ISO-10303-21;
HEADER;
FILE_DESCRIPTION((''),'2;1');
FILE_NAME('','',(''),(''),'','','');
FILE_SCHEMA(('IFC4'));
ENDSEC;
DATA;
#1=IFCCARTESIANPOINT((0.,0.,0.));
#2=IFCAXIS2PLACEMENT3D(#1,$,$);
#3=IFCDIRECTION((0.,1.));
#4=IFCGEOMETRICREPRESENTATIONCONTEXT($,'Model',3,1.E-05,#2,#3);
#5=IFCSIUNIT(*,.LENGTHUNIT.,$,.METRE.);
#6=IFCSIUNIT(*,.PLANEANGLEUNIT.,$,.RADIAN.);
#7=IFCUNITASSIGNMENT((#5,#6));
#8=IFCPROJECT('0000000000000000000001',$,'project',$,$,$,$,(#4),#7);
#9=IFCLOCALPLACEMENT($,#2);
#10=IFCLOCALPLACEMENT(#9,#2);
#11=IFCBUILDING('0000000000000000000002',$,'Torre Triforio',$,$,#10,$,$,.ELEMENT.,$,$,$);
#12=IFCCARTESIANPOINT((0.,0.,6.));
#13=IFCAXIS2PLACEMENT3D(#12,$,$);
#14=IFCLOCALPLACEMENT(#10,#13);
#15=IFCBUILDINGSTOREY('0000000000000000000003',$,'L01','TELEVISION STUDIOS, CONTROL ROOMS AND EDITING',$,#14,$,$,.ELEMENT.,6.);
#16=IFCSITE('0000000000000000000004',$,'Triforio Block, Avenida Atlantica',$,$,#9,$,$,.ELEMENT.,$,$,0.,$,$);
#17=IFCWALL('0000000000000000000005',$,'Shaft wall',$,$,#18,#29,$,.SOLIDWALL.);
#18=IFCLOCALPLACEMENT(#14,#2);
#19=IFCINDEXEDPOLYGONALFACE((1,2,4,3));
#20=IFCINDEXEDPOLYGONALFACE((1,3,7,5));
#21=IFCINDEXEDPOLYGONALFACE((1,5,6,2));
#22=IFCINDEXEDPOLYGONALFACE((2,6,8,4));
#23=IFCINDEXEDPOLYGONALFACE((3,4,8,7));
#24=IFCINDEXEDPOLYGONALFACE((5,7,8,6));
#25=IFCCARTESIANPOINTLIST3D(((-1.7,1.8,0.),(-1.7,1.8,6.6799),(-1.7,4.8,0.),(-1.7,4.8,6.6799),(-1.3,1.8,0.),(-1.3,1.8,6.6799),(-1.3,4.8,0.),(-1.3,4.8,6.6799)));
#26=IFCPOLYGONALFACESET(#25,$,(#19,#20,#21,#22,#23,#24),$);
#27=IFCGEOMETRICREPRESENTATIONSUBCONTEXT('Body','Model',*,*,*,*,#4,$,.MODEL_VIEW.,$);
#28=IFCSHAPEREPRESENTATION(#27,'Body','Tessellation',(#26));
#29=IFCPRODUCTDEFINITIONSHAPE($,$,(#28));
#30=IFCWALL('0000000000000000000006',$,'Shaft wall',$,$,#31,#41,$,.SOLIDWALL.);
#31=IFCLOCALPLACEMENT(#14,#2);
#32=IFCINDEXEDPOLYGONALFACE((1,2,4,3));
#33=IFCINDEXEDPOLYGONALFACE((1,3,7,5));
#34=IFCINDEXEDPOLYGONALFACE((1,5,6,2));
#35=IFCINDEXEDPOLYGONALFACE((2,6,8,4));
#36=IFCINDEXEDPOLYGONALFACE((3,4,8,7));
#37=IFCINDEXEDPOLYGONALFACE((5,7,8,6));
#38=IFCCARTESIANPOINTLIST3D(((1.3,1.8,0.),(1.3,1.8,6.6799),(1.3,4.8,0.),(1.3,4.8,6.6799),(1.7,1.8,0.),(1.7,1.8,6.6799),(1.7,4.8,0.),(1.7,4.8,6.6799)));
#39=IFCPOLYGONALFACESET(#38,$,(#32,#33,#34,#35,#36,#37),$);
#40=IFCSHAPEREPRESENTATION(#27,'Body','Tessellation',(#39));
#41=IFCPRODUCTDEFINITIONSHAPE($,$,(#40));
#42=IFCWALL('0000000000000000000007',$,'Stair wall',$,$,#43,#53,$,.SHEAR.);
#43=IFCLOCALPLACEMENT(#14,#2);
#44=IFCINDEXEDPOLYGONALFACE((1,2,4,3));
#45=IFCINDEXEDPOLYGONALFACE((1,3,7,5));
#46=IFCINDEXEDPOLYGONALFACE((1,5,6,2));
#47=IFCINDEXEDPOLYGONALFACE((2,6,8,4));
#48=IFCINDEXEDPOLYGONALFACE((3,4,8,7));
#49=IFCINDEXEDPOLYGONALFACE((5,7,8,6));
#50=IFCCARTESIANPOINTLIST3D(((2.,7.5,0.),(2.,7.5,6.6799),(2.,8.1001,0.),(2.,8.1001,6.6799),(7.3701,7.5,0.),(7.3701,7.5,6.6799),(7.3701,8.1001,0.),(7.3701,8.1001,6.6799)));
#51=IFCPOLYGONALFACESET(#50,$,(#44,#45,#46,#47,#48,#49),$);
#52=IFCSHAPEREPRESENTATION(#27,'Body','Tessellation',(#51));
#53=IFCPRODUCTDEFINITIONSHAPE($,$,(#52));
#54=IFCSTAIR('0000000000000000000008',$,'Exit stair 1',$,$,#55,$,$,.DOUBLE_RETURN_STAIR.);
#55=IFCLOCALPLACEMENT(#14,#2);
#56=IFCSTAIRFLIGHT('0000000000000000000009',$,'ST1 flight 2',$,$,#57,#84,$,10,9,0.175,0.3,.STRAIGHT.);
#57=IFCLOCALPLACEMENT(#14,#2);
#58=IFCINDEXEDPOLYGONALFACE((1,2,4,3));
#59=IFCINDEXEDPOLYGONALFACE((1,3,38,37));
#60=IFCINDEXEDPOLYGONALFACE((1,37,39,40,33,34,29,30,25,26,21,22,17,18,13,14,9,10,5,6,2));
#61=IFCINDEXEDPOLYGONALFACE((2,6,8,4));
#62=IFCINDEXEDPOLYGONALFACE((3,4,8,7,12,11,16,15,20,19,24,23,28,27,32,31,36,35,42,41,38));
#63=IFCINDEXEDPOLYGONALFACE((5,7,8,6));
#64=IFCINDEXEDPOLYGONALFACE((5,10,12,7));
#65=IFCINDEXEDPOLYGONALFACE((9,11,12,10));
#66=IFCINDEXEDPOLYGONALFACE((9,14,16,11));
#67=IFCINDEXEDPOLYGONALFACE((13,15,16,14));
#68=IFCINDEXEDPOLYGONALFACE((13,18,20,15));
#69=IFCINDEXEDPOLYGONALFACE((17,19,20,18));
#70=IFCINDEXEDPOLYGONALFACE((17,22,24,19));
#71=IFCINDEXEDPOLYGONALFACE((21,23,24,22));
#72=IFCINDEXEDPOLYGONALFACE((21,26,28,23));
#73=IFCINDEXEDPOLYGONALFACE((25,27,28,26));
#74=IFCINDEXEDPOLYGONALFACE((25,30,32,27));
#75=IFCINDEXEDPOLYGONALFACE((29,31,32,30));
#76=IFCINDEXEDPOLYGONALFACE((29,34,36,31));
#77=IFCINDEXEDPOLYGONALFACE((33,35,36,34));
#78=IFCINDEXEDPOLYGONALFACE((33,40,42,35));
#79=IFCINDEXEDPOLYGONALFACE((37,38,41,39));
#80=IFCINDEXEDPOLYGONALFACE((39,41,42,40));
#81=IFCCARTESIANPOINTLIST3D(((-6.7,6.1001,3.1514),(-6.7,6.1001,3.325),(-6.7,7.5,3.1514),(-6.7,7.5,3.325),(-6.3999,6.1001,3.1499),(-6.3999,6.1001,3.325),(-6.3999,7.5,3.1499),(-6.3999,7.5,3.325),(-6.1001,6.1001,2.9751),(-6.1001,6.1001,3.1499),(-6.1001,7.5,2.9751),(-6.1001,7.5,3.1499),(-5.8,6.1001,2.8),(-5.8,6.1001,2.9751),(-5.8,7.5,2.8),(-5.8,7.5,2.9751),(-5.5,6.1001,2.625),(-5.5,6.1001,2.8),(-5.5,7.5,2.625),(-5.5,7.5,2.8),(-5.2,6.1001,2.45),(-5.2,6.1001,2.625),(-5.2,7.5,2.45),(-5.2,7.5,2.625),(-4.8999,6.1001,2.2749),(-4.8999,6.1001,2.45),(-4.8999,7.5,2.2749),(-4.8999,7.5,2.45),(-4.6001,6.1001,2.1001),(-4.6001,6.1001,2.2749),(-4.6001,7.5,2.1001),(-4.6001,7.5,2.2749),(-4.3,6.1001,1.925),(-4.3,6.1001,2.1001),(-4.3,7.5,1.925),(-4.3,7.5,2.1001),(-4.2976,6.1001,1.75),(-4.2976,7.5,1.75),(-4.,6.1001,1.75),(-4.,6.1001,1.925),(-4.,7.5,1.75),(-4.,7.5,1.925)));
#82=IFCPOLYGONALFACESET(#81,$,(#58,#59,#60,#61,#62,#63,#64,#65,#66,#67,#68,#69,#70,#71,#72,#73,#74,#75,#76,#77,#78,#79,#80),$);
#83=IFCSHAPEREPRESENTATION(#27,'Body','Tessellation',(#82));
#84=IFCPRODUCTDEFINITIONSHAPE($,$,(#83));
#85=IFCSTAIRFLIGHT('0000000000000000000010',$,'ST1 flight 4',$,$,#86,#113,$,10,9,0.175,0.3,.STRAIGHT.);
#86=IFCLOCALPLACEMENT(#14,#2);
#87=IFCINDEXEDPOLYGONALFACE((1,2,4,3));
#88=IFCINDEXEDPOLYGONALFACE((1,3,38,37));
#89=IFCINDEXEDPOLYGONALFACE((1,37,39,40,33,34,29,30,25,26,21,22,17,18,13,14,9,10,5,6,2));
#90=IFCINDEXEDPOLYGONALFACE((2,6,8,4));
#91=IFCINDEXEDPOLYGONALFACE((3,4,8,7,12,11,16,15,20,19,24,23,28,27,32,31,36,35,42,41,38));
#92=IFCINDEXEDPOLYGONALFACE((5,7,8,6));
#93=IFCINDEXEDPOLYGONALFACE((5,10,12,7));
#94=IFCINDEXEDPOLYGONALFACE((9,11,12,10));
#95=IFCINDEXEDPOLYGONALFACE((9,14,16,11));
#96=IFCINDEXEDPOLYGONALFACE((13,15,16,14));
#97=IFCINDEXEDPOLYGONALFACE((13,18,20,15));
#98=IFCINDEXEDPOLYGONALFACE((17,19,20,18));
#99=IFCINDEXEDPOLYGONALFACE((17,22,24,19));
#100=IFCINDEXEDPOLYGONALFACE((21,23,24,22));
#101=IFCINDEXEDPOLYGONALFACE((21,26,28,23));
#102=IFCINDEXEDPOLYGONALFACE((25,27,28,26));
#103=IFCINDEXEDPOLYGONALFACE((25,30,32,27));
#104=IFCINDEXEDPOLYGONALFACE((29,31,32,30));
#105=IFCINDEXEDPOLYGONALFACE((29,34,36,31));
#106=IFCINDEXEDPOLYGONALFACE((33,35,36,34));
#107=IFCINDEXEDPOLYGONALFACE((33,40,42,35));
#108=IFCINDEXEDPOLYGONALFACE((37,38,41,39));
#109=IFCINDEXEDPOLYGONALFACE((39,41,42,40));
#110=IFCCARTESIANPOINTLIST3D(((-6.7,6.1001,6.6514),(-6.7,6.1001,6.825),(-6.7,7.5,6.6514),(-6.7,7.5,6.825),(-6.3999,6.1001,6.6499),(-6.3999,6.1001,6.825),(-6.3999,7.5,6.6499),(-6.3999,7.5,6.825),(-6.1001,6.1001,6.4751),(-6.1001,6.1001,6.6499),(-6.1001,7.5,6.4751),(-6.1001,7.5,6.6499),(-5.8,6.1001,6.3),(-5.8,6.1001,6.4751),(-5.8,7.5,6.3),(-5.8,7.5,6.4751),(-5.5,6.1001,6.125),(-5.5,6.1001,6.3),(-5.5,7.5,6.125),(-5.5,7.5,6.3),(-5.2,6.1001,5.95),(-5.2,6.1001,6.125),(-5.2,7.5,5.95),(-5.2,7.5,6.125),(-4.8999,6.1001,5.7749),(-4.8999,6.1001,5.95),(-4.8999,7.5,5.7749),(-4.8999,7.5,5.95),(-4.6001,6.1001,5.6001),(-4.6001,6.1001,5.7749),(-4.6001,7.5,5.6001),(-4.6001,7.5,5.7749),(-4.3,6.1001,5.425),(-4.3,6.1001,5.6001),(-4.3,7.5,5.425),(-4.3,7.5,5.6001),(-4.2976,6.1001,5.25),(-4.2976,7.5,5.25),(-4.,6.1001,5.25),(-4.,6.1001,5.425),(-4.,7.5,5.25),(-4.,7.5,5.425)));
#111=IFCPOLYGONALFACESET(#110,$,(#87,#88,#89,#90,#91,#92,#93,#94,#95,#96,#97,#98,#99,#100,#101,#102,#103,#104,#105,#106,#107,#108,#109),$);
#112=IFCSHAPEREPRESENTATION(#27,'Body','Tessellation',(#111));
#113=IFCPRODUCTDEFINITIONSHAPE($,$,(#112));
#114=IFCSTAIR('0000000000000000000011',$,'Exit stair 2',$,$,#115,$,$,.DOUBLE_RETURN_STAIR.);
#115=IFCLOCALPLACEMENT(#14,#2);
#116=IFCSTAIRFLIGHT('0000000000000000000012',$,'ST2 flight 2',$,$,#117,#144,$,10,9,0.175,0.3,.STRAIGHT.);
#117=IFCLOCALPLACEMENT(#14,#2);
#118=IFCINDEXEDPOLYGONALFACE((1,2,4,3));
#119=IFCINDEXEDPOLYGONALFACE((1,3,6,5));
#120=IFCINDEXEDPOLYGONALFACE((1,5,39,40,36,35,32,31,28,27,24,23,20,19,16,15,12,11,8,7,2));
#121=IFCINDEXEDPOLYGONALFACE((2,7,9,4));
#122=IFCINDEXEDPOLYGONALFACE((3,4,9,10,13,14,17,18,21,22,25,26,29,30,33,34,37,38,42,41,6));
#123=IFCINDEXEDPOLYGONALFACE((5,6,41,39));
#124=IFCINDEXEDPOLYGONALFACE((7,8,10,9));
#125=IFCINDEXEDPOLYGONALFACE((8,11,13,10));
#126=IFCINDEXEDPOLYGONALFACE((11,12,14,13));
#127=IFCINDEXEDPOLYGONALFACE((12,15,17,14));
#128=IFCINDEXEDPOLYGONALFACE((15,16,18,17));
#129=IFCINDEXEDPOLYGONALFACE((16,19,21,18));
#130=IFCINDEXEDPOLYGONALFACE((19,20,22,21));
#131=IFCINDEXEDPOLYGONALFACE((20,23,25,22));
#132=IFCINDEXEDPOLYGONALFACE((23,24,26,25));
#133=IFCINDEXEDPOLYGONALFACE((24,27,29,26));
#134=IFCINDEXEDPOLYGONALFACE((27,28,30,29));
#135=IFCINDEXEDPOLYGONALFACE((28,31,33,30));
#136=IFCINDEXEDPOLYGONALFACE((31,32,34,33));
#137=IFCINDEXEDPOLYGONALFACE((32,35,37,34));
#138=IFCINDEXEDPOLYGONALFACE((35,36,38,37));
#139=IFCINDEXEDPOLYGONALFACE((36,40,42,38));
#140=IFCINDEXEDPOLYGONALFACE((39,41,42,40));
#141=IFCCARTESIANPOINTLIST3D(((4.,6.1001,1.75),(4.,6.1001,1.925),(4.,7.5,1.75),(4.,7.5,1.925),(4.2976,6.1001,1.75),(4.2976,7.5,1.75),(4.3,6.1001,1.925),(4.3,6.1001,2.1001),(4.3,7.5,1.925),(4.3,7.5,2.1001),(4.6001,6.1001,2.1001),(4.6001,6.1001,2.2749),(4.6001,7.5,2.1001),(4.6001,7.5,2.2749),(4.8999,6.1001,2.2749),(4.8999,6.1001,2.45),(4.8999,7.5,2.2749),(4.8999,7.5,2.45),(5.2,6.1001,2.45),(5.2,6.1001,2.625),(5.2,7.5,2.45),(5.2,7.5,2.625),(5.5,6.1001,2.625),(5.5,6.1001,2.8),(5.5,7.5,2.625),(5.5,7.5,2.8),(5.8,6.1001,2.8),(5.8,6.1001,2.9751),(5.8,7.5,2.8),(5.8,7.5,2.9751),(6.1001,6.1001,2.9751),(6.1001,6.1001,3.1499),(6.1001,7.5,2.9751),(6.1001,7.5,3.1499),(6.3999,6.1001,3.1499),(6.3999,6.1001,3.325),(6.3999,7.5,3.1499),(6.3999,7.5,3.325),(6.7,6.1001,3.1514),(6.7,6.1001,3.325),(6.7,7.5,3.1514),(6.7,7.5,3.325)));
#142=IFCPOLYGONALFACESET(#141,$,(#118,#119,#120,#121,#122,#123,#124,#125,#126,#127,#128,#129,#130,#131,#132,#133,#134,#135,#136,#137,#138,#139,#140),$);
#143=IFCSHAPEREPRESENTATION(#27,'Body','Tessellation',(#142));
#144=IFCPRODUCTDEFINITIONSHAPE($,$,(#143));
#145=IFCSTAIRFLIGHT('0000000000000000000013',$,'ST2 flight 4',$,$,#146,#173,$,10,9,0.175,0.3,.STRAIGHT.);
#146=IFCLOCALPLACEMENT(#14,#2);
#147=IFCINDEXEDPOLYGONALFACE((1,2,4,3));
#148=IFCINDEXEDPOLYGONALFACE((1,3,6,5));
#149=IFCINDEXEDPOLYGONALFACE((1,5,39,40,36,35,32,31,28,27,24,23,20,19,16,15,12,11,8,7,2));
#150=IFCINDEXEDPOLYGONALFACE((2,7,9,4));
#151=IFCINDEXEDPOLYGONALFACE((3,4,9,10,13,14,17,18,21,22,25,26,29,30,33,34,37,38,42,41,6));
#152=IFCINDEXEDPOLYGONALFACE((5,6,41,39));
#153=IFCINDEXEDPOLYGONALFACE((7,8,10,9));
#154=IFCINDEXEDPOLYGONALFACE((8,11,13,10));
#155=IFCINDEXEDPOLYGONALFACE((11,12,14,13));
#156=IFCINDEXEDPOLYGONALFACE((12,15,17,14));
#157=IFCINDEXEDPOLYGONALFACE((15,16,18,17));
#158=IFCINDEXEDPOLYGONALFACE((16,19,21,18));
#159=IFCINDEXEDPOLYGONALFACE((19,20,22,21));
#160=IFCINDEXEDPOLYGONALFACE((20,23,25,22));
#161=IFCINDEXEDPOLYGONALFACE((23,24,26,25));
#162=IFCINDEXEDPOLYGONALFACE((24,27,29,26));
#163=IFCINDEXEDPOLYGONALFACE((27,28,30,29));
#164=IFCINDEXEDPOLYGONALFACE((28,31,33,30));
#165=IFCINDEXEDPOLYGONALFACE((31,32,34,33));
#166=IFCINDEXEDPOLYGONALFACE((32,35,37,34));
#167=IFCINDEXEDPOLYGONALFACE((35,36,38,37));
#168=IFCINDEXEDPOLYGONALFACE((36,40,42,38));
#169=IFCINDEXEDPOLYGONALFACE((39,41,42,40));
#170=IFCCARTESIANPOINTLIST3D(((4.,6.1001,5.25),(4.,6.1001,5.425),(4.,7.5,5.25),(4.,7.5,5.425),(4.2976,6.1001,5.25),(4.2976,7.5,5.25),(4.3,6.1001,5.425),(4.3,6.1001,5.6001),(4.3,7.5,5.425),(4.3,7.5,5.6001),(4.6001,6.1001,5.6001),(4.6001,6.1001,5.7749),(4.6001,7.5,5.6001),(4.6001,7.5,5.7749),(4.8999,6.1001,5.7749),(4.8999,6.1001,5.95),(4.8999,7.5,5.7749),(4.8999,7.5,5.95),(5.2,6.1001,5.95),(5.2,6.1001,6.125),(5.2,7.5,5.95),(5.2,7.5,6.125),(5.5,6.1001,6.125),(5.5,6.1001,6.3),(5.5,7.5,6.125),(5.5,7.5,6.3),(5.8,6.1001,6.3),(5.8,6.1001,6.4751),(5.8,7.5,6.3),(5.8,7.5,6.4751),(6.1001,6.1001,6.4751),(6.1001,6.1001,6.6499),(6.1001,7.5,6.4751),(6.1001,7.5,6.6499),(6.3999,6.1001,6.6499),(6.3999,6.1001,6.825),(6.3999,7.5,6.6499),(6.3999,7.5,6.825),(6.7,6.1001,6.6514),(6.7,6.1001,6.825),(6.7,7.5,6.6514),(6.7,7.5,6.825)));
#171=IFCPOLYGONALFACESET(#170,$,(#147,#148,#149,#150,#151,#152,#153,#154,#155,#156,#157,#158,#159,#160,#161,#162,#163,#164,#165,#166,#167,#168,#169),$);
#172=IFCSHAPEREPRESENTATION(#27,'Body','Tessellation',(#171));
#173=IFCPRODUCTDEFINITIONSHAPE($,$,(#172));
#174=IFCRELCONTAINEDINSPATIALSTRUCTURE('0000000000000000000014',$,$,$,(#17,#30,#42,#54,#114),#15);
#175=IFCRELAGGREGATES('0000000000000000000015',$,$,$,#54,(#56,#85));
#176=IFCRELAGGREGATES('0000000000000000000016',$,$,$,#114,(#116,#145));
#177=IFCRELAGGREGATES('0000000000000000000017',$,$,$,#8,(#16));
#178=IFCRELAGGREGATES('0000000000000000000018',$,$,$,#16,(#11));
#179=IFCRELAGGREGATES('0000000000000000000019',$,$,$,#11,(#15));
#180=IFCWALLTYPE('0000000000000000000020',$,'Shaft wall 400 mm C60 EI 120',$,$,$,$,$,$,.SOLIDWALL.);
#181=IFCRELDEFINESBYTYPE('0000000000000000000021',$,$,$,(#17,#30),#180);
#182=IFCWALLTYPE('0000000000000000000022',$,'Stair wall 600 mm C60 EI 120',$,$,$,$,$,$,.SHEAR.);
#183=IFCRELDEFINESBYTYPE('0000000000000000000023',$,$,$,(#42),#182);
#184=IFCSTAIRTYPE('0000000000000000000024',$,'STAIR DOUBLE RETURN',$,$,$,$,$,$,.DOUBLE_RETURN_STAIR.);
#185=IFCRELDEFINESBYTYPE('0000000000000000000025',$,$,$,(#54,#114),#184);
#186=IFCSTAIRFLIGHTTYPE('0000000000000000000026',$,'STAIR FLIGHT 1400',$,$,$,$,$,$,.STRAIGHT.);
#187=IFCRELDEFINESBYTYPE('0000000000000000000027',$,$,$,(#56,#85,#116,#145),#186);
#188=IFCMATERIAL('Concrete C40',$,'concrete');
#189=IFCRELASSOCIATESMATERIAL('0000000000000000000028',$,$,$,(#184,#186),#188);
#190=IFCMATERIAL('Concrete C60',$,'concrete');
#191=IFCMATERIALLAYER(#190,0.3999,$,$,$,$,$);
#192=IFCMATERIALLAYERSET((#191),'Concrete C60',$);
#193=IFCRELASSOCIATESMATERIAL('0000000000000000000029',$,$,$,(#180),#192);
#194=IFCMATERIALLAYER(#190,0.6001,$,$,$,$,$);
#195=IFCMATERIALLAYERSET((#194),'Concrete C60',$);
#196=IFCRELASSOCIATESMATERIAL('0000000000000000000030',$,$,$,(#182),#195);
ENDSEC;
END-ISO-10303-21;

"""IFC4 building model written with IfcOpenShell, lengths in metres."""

from ifc_helpers import new_model, si_unit, direction, frame, frame_2d, origin, place, context, subcontext, project, spatial, polyline, rectangle, outline, extrude, material, layer, layer_set, type_object, element, aggregate, save


model = new_model("IFC4")

# Units and contexts
model_context = context("Model", 3, precision=1e-05, world=origin(), true_north=direction((0.0, 1.0)))
body_context = subcontext(model_context, "Body", "Model", "MODEL_VIEW")
ifc_project = project(units=[si_unit("LENGTHUNIT", "METRE"), si_unit("PLANEANGLEUNIT", "RADIAN")], contexts=[model_context])

# Site, building, storey
site_placement = place(None, origin())
site = spatial("IfcSite", under=ifc_project, at=site_placement, Name="Triforio Block, Avenida Atlantica", CompositionType="ELEMENT", RefElevation=0.0)
building_placement = place(site_placement, origin())
building = spatial("IfcBuilding", under=site, at=building_placement, Name="Torre Triforio", CompositionType="ELEMENT")
storey_placement = place(building_placement, frame((0.0, 0.0, 6.0)))
storey = spatial("IfcBuildingStorey", under=building, at=storey_placement, Name="L01", Description="TELEVISION STUDIOS, CONTROL ROOMS AND EDITING", CompositionType="ELEMENT", Elevation=6.0)

# Shared definitions
ifc_material_1 = material(Name="Concrete C40", Category="concrete")
stair_type_1 = type_object("IfcStairType", Name="STAIR DOUBLE RETURN", PredefinedType="DOUBLE_RETURN_STAIR", material=ifc_material_1)

# Shared definitions
ifc_material_2 = material(Name="Concrete C60", Category="concrete")

# Walls
ifc_layer_1 = layer(ifc_material_2, 0.3999)
ifc_layer_set_1 = layer_set([ifc_layer_1], Name="Concrete C60")
wall_type_1 = type_object("IfcWallType", Name="Shaft wall 400 mm C60 EI 120", PredefinedType="SOLIDWALL", material=ifc_layer_set_1)
for number, where, z_axis, x_axis, name in (
    (1, (-1.5, 1.8, 0.0), (0.0, 0.0, 1.0), (0.0, 1.0, 0.0), "Shaft wall"),
    (2, (1.5, 1.8, 0.0), (0.0, 0.0, 1.0), (0.0, 1.0, 0.0), "Shaft wall"),
):
    element("IfcWall", number, at=place(storey_placement, frame(where, z_axis=z_axis, x_axis=x_axis)), inside=storey, type_object=wall_type_1, Name=name, PredefinedType="SOLIDWALL", context=body_context, shape_type="SweptSolid", body=[
        extrude(rectangle(XDim=3.0, YDim=0.3999, at=frame_2d((1.5, 0.0))), origin(), (0.0, 0.0, 1.0), 6.6799),
    ])
ifc_layer_2 = layer(ifc_material_2, 0.6001)
ifc_layer_set_2 = layer_set([ifc_layer_2], Name="Concrete C60")
wall_type_2 = type_object("IfcWallType", Name="Stair wall 600 mm C60 EI 120", PredefinedType="SHEAR", material=ifc_layer_set_2)
wall_1_placement = place(storey_placement, frame((2.0, 7.8, 0.0), z_axis=(0.0, 0.0, 1.0), x_axis=(1.0, 0.0, 0.0)))
element("IfcWall", 3, at=wall_1_placement, inside=storey, type_object=wall_type_2, Name="Stair wall", PredefinedType="SHEAR", context=body_context, shape_type="SweptSolid", body=[
    extrude(rectangle(XDim=5.3701, YDim=0.6001, at=frame_2d((2.6851, 0.0))), origin(), (0.0, 0.0, 1.0), 6.6799),
])

# Stairs, stair flights
stair_1_placement = place(storey_placement, origin())
stair_1 = element("IfcStair", 4, at=stair_1_placement, inside=storey, type_object=stair_type_1, Name="Exit stair 1", PredefinedType="DOUBLE_RETURN_STAIR")
stair_flight_type = type_object("IfcStairFlightType", Name="STAIR FLIGHT 1400", PredefinedType="STRAIGHT", material=ifc_material_1)
stair_flight_1_placement = place(storey_placement, frame((-4.0, 6.8, 1.75), z_axis=(0.0, 0.0, 1.0), x_axis=(-1.0, 0.0, 0.0)))
stair_flight_1 = element("IfcStairFlight", 5, at=stair_flight_1_placement, type_object=stair_flight_type, Name="ST1 flight 2", NumberOfRisers=10, NumberOfTreads=9, PredefinedType="STRAIGHT", RiserHeight=0.175, TreadLength=0.3, context=body_context, shape_type="SweptSolid", body=[
    extrude(outline(polyline([(0.0, 0.0), (0.0, 0.175), (0.3, 0.175), (0.3, 0.3501), (0.6001, 0.3501), (0.6001, 0.5249), (0.8999, 0.5249), (0.8999, 0.7), (1.2, 0.7), (1.2, 0.875), (1.5, 0.875), (1.5, 1.05), (1.8, 1.05), (1.8, 1.2251), (2.1001, 1.2251), (2.1001, 1.3999), (2.3999, 1.3999), (2.3999, 1.575), (2.7, 1.575), (2.7, 1.75), (2.7, 1.4014), (0.2976, 0.0), (0.0, 0.0)])), frame((0.0, 0.7, 0.0), z_axis=(0.0, -1.0, 0.0), x_axis=(1.0, 0.0, 0.0)), (0.0, 0.0, 1.0), 1.3999),
])
stair_flight_2_placement = place(storey_placement, frame((-4.0, 6.8, 5.25), z_axis=(0.0, 0.0, 1.0), x_axis=(-1.0, 0.0, 0.0)))
stair_flight_2 = element("IfcStairFlight", 6, at=stair_flight_2_placement, type_object=stair_flight_type, Name="ST1 flight 4", NumberOfRisers=10, NumberOfTreads=9, PredefinedType="STRAIGHT", RiserHeight=0.175, TreadLength=0.3, context=body_context, shape_type="SweptSolid", body=[
    extrude(outline(polyline([(0.0, 0.0), (0.0, 0.175), (0.3, 0.175), (0.3, 0.3501), (0.6001, 0.3501), (0.6001, 0.5249), (0.8999, 0.5249), (0.8999, 0.7), (1.2, 0.7), (1.2, 0.875), (1.5, 0.875), (1.5, 1.05), (1.8, 1.05), (1.8, 1.2251), (2.1001, 1.2251), (2.1001, 1.3999), (2.3999, 1.3999), (2.3999, 1.575), (2.7, 1.575), (2.7, 1.75), (2.7, 1.4014), (0.2976, 0.0), (0.0, 0.0)])), frame((0.0, 0.7, 0.0), z_axis=(0.0, -1.0, 0.0), x_axis=(1.0, 0.0, 0.0)), (0.0, 0.0, 1.0), 1.3999),
])
aggregate(stair_1, [stair_flight_1, stair_flight_2])
stair_2_placement = place(storey_placement, origin())
stair_2 = element("IfcStair", 7, at=stair_2_placement, inside=storey, type_object=stair_type_1, Name="Exit stair 2", PredefinedType="DOUBLE_RETURN_STAIR")
stair_flight_3_placement = place(storey_placement, frame((4.0, 6.8, 1.75), z_axis=(0.0, 0.0, 1.0), x_axis=(1.0, 0.0, 0.0)))
stair_flight_3 = element("IfcStairFlight", 8, at=stair_flight_3_placement, type_object=stair_flight_type, Name="ST2 flight 2", NumberOfRisers=10, NumberOfTreads=9, PredefinedType="STRAIGHT", RiserHeight=0.175, TreadLength=0.3, context=body_context, shape_type="SweptSolid", body=[
    extrude(outline(polyline([(0.0, 0.0), (0.0, 0.175), (0.3, 0.175), (0.3, 0.3501), (0.6001, 0.3501), (0.6001, 0.5249), (0.8999, 0.5249), (0.8999, 0.7), (1.2, 0.7), (1.2, 0.875), (1.5, 0.875), (1.5, 1.05), (1.8, 1.05), (1.8, 1.2251), (2.1001, 1.2251), (2.1001, 1.3999), (2.3999, 1.3999), (2.3999, 1.575), (2.7, 1.575), (2.7, 1.75), (2.7, 1.4014), (0.2976, 0.0), (0.0, 0.0)])), frame((0.0, 0.7, 0.0), z_axis=(0.0, -1.0, 0.0), x_axis=(1.0, 0.0, 0.0)), (0.0, 0.0, 1.0), 1.3999),
])
stair_flight_4_placement = place(storey_placement, frame((4.0, 6.8, 5.25), z_axis=(0.0, 0.0, 1.0), x_axis=(1.0, 0.0, 0.0)))
stair_flight_4 = element("IfcStairFlight", 9, at=stair_flight_4_placement, type_object=stair_flight_type, Name="ST2 flight 4", NumberOfRisers=10, NumberOfTreads=9, PredefinedType="STRAIGHT", RiserHeight=0.175, TreadLength=0.3, context=body_context, shape_type="SweptSolid", body=[
    extrude(outline(polyline([(0.0, 0.0), (0.0, 0.175), (0.3, 0.175), (0.3, 0.3501), (0.6001, 0.3501), (0.6001, 0.5249), (0.8999, 0.5249), (0.8999, 0.7), (1.2, 0.7), (1.2, 0.875), (1.5, 0.875), (1.5, 1.05), (1.8, 1.05), (1.8, 1.2251), (2.1001, 1.2251), (2.1001, 1.3999), (2.3999, 1.3999), (2.3999, 1.575), (2.7, 1.575), (2.7, 1.75), (2.7, 1.4014), (0.2976, 0.0), (0.0, 0.0)])), frame((0.0, 0.7, 0.0), z_axis=(0.0, -1.0, 0.0), x_axis=(1.0, 0.0, 0.0)), (0.0, 0.0, 1.0), 1.3999),
])
aggregate(stair_2, [stair_flight_3, stair_flight_4])

save(model, "model.ifc")
